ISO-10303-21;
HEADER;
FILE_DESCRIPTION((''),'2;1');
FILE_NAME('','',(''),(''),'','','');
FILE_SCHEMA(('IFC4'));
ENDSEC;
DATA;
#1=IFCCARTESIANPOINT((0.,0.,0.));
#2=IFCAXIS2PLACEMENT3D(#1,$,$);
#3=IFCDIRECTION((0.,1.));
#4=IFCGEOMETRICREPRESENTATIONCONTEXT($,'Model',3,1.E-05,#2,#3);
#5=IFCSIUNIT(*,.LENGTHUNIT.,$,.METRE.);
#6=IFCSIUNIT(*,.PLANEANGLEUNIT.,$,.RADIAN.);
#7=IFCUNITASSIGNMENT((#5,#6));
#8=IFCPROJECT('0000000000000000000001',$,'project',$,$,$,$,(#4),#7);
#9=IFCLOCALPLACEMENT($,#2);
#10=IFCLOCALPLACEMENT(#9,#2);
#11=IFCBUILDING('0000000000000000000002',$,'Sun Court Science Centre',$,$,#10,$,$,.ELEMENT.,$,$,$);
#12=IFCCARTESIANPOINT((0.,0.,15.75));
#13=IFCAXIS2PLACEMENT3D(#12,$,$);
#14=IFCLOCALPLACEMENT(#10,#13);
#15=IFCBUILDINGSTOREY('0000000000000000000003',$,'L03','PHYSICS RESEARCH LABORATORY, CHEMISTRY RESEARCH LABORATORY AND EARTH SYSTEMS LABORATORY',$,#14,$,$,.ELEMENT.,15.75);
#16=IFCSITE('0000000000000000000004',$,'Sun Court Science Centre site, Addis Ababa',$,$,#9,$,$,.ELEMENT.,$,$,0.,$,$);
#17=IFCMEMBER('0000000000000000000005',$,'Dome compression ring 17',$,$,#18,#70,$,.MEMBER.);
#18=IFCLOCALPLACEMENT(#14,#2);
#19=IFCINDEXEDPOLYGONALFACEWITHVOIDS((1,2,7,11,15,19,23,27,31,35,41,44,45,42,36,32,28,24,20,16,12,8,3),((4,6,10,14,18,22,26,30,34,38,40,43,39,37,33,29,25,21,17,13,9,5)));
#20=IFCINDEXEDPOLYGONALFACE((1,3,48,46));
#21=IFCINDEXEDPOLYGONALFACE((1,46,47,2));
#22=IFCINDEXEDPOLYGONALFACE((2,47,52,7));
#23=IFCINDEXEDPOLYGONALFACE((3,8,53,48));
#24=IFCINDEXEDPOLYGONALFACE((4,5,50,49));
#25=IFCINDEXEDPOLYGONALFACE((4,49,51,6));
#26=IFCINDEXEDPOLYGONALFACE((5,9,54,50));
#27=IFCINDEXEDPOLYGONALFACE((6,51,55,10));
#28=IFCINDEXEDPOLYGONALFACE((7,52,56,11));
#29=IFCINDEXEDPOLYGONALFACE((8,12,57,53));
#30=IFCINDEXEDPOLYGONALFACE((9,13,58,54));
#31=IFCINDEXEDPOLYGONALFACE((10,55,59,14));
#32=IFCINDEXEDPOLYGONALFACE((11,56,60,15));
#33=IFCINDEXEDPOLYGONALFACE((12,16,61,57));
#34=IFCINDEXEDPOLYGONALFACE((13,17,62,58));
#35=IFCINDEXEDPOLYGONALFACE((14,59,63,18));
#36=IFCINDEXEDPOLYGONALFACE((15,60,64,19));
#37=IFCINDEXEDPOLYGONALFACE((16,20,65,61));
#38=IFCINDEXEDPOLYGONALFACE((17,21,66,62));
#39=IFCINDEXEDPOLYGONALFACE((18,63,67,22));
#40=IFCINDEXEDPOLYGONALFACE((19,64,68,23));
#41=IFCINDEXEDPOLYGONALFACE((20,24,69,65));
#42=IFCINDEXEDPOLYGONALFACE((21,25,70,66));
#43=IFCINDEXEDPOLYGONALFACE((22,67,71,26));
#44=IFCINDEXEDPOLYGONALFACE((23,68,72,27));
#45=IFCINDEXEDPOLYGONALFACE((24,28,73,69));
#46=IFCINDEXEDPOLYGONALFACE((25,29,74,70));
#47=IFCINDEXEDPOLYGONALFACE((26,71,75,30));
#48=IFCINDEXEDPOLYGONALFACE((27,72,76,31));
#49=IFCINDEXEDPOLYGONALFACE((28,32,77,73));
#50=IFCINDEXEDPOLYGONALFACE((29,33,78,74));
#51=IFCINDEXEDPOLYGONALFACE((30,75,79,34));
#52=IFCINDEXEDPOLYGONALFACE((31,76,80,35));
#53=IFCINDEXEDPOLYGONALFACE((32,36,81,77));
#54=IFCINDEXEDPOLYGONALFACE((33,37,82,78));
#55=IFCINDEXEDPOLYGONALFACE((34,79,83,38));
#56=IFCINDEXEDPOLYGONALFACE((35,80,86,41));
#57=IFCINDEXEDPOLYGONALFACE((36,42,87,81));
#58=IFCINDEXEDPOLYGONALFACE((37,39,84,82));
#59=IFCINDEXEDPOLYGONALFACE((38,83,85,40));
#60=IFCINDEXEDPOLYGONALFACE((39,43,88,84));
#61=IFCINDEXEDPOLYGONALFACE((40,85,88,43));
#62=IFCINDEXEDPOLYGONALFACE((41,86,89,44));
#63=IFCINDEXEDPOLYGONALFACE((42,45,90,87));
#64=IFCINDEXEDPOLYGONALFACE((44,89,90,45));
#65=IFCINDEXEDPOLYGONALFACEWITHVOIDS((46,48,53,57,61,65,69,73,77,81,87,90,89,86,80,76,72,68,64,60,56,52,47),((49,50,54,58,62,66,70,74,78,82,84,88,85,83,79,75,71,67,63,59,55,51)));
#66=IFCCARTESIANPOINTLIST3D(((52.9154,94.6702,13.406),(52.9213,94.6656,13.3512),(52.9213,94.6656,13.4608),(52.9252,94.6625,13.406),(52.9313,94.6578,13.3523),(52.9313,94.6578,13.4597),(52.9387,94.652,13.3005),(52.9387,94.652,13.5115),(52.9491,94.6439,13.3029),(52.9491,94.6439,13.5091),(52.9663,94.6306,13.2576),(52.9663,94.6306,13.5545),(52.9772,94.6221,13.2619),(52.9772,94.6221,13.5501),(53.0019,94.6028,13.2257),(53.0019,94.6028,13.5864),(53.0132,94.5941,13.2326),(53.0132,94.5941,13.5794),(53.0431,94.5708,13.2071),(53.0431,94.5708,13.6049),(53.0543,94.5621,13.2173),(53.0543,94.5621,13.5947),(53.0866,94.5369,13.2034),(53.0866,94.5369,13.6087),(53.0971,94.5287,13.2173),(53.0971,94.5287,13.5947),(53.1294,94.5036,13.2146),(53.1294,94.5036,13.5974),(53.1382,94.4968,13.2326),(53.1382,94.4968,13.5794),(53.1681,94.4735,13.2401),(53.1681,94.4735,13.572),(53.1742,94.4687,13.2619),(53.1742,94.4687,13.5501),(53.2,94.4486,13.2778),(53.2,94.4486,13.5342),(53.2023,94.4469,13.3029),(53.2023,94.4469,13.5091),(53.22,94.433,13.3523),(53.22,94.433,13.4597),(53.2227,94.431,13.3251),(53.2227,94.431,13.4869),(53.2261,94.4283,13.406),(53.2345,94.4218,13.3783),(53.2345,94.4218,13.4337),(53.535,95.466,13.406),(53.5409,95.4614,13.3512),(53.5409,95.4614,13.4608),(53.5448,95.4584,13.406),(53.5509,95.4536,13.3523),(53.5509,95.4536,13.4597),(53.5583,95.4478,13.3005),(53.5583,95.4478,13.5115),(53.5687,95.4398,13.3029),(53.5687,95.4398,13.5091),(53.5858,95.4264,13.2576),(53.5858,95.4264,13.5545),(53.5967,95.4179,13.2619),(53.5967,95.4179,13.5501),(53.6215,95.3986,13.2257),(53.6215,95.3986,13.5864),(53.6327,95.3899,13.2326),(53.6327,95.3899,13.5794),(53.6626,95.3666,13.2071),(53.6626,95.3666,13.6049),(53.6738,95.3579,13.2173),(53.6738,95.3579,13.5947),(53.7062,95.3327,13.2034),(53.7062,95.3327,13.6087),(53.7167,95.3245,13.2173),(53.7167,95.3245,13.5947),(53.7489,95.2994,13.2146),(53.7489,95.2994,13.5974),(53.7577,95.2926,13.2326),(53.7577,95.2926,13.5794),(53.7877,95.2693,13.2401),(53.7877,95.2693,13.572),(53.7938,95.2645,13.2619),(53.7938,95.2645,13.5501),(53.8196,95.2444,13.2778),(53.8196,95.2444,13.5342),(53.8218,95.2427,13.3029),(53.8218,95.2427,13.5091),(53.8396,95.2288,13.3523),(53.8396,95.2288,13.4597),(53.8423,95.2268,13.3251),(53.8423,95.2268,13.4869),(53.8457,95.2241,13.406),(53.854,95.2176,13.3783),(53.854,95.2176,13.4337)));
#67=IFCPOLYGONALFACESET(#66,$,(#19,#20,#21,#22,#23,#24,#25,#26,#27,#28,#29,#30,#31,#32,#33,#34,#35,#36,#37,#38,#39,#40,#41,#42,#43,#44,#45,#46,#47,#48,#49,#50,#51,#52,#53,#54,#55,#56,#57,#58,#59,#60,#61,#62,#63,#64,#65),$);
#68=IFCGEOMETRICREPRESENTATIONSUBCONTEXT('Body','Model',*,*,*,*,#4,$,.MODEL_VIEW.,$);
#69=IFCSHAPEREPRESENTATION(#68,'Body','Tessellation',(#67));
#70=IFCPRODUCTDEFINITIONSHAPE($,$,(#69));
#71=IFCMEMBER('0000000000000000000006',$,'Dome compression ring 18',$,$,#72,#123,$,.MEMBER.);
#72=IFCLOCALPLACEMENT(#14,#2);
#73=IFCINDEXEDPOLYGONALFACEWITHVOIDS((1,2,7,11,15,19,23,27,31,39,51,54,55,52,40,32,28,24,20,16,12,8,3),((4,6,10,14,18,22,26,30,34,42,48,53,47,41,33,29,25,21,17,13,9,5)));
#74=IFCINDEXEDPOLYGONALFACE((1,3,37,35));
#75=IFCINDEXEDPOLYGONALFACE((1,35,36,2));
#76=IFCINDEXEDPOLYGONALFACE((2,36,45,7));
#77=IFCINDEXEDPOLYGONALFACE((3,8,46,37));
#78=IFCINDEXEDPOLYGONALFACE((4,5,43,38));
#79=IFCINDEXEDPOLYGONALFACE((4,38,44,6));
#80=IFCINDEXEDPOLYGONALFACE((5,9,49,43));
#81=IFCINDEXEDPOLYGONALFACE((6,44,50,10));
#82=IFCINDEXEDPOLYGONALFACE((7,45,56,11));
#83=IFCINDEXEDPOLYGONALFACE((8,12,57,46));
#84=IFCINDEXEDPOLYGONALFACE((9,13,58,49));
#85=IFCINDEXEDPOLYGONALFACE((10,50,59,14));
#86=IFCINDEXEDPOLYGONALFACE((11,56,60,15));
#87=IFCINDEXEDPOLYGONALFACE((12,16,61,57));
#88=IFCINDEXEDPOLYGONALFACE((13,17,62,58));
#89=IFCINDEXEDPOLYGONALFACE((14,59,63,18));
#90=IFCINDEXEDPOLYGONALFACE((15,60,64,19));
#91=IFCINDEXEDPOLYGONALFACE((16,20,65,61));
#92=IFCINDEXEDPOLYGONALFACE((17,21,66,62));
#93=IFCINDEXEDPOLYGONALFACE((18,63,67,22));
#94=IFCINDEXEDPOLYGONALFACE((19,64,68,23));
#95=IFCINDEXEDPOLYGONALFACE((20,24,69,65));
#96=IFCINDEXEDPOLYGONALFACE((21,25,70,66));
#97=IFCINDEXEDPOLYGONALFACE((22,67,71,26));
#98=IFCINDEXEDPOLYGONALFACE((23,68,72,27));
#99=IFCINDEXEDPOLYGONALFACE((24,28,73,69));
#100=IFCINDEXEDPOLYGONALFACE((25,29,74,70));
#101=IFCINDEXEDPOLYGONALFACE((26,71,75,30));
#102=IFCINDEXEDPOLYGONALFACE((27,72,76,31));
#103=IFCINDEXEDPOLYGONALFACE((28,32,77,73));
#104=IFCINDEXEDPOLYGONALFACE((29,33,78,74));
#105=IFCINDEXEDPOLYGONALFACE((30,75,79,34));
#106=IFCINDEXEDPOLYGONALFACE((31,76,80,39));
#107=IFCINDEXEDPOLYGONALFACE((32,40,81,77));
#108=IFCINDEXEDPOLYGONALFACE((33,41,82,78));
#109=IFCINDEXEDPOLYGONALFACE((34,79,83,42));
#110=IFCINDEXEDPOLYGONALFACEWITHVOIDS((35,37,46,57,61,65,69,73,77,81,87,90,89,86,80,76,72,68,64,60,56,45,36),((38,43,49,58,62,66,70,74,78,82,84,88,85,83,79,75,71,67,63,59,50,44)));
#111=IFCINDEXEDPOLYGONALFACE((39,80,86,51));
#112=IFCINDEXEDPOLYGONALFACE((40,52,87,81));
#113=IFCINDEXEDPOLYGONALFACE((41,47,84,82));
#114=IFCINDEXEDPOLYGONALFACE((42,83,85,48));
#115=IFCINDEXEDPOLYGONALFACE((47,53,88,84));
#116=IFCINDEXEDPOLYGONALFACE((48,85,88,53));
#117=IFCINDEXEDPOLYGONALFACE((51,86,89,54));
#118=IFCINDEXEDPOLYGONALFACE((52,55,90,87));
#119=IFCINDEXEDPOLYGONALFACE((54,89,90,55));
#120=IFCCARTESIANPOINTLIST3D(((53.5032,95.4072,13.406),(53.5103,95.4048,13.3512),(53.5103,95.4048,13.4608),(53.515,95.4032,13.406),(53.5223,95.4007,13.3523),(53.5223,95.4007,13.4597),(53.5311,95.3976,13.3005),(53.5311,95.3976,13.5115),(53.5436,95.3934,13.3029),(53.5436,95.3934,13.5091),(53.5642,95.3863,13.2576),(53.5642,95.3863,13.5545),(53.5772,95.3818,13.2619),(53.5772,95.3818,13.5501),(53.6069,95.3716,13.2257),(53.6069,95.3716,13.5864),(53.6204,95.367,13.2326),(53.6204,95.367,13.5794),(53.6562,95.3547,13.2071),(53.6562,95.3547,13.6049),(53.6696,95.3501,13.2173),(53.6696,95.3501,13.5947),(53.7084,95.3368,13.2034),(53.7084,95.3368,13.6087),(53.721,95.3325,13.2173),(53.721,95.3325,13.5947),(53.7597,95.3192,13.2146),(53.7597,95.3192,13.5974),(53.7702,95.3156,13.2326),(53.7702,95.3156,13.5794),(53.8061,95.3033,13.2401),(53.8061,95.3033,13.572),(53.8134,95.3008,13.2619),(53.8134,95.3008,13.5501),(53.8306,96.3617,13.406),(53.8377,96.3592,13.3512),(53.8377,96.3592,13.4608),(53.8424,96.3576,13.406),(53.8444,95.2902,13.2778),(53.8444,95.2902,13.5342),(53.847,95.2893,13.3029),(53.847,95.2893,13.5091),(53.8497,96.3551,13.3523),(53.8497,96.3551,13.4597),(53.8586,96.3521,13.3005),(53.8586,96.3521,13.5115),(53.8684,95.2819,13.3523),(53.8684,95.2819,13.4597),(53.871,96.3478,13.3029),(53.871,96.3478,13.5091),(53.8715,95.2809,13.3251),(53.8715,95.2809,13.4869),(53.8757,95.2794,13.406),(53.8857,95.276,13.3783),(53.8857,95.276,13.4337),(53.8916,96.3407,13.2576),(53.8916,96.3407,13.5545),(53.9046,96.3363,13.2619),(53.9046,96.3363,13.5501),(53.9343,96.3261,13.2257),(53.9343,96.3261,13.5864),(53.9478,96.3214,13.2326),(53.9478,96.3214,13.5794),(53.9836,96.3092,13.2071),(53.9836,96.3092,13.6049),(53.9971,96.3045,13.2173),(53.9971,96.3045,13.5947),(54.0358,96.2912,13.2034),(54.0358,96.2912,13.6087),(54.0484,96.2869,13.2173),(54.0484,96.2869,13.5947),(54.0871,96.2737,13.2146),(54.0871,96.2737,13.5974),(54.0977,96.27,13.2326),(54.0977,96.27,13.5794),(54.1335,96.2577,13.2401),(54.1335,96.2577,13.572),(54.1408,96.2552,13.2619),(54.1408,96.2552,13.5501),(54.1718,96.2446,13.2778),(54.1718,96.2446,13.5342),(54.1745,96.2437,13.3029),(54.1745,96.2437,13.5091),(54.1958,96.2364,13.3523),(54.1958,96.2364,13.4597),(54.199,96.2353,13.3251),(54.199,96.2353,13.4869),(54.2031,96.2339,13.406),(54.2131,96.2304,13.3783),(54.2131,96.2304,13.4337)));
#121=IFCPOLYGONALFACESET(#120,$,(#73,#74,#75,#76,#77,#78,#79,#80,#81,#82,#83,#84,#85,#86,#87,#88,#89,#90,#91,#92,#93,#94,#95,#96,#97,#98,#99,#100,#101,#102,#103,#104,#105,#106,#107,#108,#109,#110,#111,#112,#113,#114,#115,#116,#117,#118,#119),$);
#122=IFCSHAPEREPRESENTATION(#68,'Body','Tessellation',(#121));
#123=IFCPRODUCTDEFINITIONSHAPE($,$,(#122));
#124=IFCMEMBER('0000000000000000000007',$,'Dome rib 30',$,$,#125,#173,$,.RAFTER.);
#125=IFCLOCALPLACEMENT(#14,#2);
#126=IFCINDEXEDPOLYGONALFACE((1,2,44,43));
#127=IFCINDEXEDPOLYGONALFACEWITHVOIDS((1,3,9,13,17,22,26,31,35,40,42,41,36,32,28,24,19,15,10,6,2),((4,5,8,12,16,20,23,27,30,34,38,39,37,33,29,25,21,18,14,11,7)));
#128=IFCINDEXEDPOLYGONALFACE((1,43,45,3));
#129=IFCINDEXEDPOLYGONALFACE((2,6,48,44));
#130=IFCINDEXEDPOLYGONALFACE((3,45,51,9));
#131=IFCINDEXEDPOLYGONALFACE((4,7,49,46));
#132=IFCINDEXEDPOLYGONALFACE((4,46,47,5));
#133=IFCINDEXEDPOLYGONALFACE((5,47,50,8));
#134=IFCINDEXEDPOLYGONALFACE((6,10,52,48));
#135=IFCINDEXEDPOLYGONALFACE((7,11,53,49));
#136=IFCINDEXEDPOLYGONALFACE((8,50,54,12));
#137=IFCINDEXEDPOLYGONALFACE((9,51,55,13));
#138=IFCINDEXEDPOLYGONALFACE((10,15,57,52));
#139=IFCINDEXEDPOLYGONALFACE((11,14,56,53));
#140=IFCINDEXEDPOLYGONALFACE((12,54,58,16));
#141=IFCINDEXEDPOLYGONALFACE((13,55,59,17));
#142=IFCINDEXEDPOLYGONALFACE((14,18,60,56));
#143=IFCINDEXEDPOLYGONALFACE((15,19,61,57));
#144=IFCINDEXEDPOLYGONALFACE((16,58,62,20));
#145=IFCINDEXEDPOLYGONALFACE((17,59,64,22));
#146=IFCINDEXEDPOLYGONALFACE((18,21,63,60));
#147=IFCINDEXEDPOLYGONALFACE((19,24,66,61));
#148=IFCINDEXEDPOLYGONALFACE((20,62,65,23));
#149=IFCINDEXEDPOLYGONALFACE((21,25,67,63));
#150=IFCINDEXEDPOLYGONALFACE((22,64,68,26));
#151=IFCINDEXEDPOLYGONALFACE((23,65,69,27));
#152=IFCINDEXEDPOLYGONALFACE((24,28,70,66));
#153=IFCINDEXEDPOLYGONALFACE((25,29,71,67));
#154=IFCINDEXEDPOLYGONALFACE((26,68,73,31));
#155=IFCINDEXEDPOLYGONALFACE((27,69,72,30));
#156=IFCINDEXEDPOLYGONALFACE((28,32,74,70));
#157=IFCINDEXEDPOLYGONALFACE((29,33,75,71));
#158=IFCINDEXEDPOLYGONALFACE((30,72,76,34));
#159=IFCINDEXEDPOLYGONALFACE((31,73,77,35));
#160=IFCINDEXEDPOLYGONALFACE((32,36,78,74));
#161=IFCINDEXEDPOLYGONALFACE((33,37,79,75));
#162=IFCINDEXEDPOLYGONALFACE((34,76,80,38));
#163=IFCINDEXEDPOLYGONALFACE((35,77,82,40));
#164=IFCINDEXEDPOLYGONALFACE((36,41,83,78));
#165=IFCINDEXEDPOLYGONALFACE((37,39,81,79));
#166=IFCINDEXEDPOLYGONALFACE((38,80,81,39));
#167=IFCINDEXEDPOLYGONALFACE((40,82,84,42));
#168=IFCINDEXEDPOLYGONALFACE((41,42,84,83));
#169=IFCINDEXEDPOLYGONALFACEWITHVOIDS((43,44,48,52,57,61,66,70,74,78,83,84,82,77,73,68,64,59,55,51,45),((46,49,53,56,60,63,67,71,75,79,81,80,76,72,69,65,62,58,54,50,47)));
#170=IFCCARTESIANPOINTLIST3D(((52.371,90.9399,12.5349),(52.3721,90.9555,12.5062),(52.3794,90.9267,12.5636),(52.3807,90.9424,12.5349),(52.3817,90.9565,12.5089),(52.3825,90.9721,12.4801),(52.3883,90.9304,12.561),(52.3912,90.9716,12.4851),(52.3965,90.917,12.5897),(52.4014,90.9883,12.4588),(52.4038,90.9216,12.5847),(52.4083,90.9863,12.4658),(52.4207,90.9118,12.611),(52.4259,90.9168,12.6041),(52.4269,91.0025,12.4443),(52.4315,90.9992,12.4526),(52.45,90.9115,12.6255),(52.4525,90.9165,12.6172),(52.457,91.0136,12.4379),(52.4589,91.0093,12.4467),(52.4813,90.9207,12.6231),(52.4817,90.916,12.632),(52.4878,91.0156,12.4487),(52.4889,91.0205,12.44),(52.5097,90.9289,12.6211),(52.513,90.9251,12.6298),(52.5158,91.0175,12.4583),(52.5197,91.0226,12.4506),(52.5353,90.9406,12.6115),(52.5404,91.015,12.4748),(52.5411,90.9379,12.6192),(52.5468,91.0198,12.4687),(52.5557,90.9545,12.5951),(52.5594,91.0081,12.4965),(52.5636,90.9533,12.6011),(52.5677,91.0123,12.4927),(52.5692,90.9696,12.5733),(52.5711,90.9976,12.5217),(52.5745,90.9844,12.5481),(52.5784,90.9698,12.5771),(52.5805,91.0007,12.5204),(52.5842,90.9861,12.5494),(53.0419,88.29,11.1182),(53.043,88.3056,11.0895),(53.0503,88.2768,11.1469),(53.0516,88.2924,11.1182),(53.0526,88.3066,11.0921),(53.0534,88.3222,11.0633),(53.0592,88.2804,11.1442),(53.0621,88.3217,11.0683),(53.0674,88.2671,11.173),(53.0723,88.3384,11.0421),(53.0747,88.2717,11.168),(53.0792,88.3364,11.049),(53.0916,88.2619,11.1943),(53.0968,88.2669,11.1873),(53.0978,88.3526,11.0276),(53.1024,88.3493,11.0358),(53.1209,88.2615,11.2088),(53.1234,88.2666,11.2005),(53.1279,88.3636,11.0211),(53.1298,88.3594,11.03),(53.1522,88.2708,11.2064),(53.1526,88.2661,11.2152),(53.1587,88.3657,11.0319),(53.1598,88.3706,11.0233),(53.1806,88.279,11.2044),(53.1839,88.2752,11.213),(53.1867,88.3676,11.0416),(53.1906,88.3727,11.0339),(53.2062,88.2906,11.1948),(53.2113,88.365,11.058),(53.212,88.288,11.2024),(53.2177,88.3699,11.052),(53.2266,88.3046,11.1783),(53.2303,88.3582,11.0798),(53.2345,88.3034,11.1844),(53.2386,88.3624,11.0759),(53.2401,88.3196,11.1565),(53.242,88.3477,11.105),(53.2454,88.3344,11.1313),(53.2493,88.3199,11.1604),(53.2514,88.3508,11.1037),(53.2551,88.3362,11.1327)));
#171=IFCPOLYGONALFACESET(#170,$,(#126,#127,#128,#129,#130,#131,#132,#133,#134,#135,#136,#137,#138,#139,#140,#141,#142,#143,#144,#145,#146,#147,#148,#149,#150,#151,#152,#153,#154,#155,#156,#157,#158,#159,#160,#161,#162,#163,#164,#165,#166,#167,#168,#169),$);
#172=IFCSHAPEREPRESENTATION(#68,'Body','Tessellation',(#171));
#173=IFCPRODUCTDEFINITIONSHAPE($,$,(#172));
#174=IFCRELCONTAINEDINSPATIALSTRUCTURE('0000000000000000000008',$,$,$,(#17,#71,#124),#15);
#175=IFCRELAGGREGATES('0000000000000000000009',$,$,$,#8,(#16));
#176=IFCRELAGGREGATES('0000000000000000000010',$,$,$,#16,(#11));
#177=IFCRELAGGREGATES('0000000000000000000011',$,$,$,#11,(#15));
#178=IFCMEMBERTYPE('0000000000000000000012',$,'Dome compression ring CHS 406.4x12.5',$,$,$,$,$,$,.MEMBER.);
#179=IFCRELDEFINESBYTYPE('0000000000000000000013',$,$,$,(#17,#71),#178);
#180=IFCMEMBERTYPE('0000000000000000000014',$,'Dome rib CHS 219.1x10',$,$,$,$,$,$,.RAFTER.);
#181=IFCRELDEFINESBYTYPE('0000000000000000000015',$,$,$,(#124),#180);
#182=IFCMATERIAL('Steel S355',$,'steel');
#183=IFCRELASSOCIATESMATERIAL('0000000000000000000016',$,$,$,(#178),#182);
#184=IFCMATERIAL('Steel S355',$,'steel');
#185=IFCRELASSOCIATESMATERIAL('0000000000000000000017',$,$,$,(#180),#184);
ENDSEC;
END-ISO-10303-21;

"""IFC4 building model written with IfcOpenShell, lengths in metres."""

from ifc_helpers import new_model, si_unit, direction, frame, origin, origin_2d, place, context, subcontext, project, spatial, hollow_circle, extrude, material, material_profile, profile_set, type_object, element, save


model = new_model("IFC4")

# Units and contexts
model_context = context("Model", 3, precision=1e-05, world=origin(), true_north=direction((0.0, 1.0)))
body_context = subcontext(model_context, "Body", "Model", "MODEL_VIEW")
ifc_project = project(units=[si_unit("LENGTHUNIT", "METRE"), si_unit("PLANEANGLEUNIT", "RADIAN")], contexts=[model_context])

# Site, building, storey
site_placement = place(None, origin())
site = spatial("IfcSite", under=ifc_project, at=site_placement, Name="Sun Court Science Centre site, Addis Ababa", CompositionType="ELEMENT", RefElevation=0.0)
building_placement = place(site_placement, origin())
building = spatial("IfcBuilding", under=site, at=building_placement, Name="Sun Court Science Centre", CompositionType="ELEMENT")
storey_placement = place(building_placement, frame((0.0, 0.0, 15.75)))
storey = spatial("IfcBuildingStorey", under=building, at=storey_placement, Name="L03", Description="PHYSICS RESEARCH LABORATORY, CHEMISTRY RESEARCH LABORATORY AND EARTH SYSTEMS LABORATORY", CompositionType="ELEMENT", Elevation=15.75)

# Members
ifc_material_1 = material(Name="Steel S355", Category="steel")
ifc_material_profile_1 = material_profile(ifc_material_1, hollow_circle(Radius=0.2031, WallThickness=0.0125, at=origin_2d()), Name="CHS 406.4x12.5")
ifc_profile_set_1 = profile_set([ifc_material_profile_1], Name="Steel S355")
member_type_1 = type_object("IfcMemberType", Name="Dome compression ring CHS 406.4x12.5", PredefinedType="MEMBER", material=ifc_profile_set_1)
member_1_placement = place(storey_placement, frame((53.0757, 94.5454, 13.406), z_axis=(0.614309, 0.789065, 0.0), x_axis=(-0.789065, 0.614309, 0.0)))
element("IfcMember", 1, at=member_1_placement, inside=storey, type_object=member_type_1, Name="Dome compression ring 17", PredefinedType="MEMBER", context=body_context, shape_type="SweptSolid", body=[
    extrude(hollow_circle(Radius=0.2031, WallThickness=0.0125, at=origin_2d()), origin(), (0.0, 0.0, 1.0), 1.0085),
])
member_2_placement = place(storey_placement, frame((53.6953, 95.3413, 13.406), z_axis=(0.324491, 0.945889, 0.0), x_axis=(-0.945889, 0.324491, 0.0)))
element("IfcMember", 2, at=member_2_placement, inside=storey, type_object=member_type_1, Name="Dome compression ring 18", PredefinedType="MEMBER", context=body_context, shape_type="SweptSolid", body=[
    extrude(hollow_circle(Radius=0.2031, WallThickness=0.0125, at=origin_2d()), origin(), (0.0, 0.0, 1.0), 1.009),
])
ifc_material_2 = material(Name="Steel S355", Category="steel")
ifc_material_profile_2 = material_profile(ifc_material_2, hollow_circle(Radius=0.1096, WallThickness=0.01, at=origin_2d()), Name="CHS 219.1x10")
ifc_profile_set_2 = profile_set([ifc_material_profile_2], Name="Steel S355")
member_type_2 = type_object("IfcMemberType", Name="Dome rib CHS 219.1x10", PredefinedType="RAFTER", material=ifc_profile_set_2)
member_3_placement = place(storey_placement, frame((53.1482, 88.3169, 11.1182), z_axis=(-0.217906, 0.860682, 0.460156), x_axis=(-0.969413, -0.245435, 0.0)))
element("IfcMember", 3, at=member_3_placement, inside=storey, type_object=member_type_2, Name="Dome rib 30", PredefinedType="RAFTER", context=body_context, shape_type="SweptSolid", body=[
    extrude(hollow_circle(Radius=0.1096, WallThickness=0.01, at=origin_2d()), origin(), (0.0, 0.0, 1.0), 3.0789),
])

save(model, "model.ifc")
